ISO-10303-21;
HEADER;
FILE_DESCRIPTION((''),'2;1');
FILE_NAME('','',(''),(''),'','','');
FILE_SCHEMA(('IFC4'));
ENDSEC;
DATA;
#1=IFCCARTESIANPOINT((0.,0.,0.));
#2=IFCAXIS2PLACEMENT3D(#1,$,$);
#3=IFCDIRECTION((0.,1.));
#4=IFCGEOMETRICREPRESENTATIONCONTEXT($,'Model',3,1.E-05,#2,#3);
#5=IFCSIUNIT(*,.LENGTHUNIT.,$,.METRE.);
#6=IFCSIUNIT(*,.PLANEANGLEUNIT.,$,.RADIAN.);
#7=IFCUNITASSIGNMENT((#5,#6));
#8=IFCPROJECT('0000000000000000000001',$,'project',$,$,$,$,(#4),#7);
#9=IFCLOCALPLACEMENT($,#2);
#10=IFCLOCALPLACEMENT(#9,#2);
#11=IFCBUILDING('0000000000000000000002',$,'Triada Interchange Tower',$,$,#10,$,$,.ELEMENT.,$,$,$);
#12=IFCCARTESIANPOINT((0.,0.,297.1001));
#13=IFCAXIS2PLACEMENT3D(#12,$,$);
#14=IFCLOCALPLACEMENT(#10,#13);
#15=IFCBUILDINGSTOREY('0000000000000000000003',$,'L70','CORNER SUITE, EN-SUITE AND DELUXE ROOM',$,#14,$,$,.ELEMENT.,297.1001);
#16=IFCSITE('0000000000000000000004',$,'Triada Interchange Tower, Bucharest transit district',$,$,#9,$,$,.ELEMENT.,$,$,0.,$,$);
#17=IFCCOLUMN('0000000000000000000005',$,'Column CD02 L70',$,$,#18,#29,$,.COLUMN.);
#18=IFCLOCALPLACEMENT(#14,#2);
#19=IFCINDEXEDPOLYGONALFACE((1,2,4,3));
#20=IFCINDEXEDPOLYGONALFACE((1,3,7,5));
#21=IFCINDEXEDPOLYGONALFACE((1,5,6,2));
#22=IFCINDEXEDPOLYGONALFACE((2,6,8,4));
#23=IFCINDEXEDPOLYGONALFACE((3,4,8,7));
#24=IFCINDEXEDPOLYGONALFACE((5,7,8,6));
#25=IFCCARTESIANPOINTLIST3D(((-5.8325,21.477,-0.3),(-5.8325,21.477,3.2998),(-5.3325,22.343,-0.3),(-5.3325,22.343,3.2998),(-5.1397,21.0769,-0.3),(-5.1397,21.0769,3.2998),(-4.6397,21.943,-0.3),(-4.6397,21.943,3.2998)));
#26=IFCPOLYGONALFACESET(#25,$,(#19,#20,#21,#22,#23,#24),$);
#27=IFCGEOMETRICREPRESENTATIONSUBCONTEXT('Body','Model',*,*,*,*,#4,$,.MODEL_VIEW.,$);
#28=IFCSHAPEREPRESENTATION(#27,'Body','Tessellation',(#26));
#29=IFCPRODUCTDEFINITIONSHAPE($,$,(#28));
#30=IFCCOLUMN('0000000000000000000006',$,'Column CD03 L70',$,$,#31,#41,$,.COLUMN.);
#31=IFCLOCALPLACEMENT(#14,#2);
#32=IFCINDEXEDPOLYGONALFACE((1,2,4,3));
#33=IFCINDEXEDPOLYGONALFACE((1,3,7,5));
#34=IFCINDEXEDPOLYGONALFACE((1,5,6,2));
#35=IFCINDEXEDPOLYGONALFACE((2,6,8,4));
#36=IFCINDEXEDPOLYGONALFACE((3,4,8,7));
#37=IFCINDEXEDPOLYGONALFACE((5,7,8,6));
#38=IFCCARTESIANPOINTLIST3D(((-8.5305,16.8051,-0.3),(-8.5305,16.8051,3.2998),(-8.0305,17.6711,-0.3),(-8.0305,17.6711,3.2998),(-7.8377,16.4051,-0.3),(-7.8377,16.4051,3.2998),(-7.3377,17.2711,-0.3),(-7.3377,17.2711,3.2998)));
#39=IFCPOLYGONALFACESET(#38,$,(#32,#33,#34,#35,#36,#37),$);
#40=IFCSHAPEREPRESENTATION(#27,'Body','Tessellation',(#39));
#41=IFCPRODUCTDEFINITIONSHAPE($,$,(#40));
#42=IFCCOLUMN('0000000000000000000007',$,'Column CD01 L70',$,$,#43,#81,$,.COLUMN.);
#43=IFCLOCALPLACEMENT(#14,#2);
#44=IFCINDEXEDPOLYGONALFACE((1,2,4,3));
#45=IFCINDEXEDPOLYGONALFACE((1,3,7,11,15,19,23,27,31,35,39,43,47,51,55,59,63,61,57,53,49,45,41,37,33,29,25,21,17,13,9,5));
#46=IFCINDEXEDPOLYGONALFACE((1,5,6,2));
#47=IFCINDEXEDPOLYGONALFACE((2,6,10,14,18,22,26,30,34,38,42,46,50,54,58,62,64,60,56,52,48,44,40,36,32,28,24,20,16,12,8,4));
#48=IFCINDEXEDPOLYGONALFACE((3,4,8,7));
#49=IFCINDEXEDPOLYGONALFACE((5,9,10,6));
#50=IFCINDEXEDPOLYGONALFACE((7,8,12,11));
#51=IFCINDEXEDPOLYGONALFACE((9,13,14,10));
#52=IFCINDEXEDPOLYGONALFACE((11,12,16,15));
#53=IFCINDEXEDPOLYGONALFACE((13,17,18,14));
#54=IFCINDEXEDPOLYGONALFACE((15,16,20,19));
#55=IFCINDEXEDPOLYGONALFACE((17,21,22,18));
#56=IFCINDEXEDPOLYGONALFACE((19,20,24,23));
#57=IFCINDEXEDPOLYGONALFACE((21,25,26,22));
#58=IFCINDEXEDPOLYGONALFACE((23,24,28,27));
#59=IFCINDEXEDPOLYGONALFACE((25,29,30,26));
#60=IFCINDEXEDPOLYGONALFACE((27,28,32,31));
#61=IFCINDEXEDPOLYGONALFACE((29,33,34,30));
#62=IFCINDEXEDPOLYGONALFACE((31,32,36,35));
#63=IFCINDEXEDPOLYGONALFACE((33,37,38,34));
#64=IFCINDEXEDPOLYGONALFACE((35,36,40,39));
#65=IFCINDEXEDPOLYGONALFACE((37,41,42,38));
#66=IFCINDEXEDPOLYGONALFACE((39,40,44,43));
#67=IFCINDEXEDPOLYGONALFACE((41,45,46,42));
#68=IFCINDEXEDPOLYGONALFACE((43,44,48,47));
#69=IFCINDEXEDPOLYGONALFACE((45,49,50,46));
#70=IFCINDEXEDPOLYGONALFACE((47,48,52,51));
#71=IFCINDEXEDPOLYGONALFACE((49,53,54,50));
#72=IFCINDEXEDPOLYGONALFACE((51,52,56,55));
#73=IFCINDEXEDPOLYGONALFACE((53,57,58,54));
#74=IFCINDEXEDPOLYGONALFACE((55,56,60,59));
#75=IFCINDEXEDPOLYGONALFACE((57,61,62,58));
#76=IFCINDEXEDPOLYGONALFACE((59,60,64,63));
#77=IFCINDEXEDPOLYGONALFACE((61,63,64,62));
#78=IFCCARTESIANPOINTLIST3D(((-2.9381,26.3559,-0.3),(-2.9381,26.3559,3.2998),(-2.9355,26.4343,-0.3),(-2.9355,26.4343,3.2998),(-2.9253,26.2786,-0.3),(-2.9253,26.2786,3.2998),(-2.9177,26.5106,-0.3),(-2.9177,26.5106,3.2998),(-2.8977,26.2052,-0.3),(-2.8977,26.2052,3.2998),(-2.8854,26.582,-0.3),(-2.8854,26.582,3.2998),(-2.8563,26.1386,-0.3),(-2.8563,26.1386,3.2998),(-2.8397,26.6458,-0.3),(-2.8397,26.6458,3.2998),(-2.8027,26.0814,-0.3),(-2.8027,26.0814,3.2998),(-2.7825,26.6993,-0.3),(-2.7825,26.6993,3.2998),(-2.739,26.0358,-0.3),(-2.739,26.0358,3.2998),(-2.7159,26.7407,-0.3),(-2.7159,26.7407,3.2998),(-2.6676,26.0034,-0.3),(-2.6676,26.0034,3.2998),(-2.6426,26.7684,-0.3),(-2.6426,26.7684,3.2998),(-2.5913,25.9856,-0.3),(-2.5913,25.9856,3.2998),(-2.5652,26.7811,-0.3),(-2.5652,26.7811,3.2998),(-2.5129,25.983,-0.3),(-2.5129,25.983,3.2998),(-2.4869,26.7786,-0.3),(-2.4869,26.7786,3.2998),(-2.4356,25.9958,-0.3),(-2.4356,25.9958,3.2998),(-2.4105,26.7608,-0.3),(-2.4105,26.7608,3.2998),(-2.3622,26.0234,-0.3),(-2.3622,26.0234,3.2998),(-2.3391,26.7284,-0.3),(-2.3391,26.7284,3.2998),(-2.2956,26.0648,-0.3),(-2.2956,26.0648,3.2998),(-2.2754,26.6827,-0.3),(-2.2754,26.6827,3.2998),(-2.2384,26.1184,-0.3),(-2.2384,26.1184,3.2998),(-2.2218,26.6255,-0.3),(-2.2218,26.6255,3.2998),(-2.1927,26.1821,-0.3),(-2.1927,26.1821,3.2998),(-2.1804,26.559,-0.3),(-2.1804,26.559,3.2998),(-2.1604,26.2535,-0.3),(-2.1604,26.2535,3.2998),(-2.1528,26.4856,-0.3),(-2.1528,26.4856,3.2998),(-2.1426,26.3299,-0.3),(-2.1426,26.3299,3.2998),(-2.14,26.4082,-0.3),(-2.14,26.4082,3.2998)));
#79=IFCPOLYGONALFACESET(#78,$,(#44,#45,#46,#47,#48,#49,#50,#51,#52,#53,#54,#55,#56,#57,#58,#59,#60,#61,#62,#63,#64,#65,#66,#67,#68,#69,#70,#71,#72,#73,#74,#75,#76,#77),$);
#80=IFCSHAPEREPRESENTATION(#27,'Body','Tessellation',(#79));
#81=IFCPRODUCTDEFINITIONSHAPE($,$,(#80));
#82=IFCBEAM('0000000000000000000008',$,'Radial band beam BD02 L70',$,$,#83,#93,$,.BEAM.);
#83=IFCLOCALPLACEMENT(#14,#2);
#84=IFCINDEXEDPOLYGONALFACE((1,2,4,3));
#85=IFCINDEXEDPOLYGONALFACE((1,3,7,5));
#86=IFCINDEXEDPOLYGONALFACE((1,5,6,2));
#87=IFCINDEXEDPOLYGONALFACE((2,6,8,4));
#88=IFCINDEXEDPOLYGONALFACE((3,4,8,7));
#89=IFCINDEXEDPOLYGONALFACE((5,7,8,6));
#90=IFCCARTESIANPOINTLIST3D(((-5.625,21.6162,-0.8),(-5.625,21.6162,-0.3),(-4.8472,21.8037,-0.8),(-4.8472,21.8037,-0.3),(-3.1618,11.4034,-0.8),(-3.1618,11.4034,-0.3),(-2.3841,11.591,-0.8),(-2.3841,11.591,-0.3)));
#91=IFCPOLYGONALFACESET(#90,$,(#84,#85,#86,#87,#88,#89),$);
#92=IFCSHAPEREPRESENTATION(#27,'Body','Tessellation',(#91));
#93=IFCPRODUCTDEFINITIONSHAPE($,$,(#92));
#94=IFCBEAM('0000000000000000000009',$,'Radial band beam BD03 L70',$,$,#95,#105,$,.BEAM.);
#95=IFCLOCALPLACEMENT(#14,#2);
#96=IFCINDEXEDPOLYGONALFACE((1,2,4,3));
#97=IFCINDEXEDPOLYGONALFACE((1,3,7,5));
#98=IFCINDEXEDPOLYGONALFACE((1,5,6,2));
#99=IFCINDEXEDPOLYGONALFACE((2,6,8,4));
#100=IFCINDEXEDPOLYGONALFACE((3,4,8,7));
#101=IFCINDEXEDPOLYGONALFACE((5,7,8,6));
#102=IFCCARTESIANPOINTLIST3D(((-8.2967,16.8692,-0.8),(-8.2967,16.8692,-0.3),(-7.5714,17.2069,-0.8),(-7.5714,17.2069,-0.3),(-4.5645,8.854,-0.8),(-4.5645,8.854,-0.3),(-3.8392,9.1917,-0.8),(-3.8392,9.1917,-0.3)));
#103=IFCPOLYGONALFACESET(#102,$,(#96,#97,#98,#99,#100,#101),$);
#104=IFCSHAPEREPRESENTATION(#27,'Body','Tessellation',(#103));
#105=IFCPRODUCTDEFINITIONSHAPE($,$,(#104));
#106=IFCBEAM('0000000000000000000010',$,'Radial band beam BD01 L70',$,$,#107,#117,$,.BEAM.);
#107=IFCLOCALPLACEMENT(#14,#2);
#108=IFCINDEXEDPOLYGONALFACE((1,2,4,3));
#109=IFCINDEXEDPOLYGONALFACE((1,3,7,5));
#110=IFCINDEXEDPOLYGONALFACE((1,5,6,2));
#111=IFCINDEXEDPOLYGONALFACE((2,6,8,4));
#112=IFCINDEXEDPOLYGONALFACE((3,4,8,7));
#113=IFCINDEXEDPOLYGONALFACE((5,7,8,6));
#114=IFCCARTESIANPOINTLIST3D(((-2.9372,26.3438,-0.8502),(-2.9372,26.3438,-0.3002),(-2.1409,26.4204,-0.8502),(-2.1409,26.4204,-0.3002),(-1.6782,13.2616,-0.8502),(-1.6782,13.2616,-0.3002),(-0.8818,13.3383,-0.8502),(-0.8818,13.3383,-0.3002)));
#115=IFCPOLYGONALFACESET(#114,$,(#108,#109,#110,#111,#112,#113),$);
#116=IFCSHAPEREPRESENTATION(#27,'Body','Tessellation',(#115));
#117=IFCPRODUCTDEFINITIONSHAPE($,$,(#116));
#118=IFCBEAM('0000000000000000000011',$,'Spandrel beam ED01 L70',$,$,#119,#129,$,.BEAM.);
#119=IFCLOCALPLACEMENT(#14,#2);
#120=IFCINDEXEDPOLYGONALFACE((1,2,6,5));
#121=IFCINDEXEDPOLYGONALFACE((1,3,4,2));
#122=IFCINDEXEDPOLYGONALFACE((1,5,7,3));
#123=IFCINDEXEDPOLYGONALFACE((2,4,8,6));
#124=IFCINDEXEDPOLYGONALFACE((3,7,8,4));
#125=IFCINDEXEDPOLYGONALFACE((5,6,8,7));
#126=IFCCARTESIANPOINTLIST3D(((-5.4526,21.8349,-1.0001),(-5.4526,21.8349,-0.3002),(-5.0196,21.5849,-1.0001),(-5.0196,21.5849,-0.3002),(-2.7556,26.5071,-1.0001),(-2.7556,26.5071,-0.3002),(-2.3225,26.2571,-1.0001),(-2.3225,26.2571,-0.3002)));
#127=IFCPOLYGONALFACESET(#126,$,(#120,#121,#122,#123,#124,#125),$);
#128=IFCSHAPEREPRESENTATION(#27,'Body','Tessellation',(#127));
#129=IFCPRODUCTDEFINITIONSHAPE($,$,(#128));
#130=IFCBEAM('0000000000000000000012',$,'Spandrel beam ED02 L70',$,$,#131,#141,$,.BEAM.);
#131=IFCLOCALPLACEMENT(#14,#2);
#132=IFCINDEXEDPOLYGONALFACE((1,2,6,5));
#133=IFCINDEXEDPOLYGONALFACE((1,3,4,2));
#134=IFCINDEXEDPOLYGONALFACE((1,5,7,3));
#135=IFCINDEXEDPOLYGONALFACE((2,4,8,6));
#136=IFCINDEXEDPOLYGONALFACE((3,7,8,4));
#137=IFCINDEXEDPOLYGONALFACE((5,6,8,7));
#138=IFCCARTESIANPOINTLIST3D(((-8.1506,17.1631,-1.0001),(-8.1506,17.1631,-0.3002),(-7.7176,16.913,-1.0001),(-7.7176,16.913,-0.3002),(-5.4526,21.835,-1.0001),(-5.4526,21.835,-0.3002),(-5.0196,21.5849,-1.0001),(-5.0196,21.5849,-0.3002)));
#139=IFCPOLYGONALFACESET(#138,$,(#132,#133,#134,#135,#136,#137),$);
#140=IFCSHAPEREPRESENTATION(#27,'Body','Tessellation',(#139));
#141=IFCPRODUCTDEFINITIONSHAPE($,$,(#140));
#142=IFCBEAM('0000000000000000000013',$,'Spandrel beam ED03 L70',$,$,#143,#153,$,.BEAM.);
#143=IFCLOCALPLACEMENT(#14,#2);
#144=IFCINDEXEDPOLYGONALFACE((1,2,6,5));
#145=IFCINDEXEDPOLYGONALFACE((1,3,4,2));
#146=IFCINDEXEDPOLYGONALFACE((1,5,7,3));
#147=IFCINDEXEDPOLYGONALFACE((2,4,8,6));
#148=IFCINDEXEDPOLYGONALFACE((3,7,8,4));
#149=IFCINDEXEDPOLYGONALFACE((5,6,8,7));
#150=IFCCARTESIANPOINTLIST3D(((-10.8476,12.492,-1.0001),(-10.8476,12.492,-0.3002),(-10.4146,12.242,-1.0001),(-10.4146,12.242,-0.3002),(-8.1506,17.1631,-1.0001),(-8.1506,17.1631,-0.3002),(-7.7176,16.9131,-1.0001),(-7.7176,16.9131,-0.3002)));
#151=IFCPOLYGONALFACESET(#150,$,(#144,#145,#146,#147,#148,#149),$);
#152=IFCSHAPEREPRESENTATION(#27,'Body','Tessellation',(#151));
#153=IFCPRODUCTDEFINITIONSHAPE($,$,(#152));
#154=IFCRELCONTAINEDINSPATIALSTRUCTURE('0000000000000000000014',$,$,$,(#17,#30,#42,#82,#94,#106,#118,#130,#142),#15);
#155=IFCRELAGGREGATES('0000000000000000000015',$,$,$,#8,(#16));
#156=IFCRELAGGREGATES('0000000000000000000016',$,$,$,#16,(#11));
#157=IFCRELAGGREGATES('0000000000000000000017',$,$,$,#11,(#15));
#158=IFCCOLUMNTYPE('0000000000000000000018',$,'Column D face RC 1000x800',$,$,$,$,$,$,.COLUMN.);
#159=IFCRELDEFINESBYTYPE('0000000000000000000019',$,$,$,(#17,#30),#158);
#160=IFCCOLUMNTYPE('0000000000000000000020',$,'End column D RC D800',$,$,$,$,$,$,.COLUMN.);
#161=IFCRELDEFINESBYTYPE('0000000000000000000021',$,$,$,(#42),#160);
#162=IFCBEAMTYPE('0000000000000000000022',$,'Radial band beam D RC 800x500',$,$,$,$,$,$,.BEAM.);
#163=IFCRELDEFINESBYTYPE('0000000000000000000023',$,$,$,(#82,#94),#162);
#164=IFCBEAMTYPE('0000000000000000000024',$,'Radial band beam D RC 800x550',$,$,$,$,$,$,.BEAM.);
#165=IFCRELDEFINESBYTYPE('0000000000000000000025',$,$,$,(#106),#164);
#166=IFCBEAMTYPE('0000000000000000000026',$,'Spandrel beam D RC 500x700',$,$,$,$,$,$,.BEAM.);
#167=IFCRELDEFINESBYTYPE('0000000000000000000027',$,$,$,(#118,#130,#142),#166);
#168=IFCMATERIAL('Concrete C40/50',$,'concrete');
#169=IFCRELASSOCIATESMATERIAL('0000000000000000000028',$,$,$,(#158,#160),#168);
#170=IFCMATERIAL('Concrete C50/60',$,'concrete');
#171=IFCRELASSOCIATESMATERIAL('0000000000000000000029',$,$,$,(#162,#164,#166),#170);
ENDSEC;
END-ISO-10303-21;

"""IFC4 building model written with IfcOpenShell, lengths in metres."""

from ifc_helpers import new_model, si_unit, direction, frame, origin, origin_2d, place, context, subcontext, project, spatial, rectangle, circle, extrude, material, material_profile, profile_set, type_object, element, save


model = new_model("IFC4")

# Units and contexts
model_context = context("Model", 3, precision=1e-05, world=origin(), true_north=direction((0.0, 1.0)))
body_context = subcontext(model_context, "Body", "Model", "MODEL_VIEW")
ifc_project = project(units=[si_unit("LENGTHUNIT", "METRE"), si_unit("PLANEANGLEUNIT", "RADIAN")], contexts=[model_context])

# Site, building, storey
site_placement = place(None, origin())
site = spatial("IfcSite", under=ifc_project, at=site_placement, Name="Triada Interchange Tower, Bucharest transit district", CompositionType="ELEMENT", RefElevation=0.0)
building_placement = place(site_placement, origin())
building = spatial("IfcBuilding", under=site, at=building_placement, Name="Triada Interchange Tower", CompositionType="ELEMENT")
storey_placement = place(building_placement, frame((0.0, 0.0, 297.1001)))
storey = spatial("IfcBuildingStorey", under=building, at=storey_placement, Name="L70", Description="CORNER SUITE, EN-SUITE AND DELUXE ROOM", CompositionType="ELEMENT", Elevation=297.1001)

# Columns
ifc_material_1 = material(Name="Concrete C40/50", Category="concrete")
ifc_material_profile_1 = material_profile(ifc_material_1, rectangle(XDim=1.0, YDim=0.8, at=origin_2d()), Name="RC 1000x800")
ifc_profile_set_1 = profile_set([ifc_material_profile_1], Name="Concrete C40/50")
column_type_1 = type_object("IfcColumnType", Name="Column D face RC 1000x800", PredefinedType="COLUMN", material=ifc_profile_set_1)
for number, where, z_axis, x_axis, name in (
    (1, (-5.2361, 21.71, -0.3), (0.0, 0.0, 1.0), (0.5, 0.866025, 0.0), "Column CD02 L70"),
    (2, (-7.9341, 17.0381, -0.3), (0.0, 0.0, 1.0), (0.5, 0.866025, 0.0), "Column CD03 L70"),
):
    element("IfcColumn", number, at=place(storey_placement, frame(where, z_axis=z_axis, x_axis=x_axis)), inside=storey, type_object=column_type_1, Name=name, PredefinedType="COLUMN", context=body_context, shape_type="SweptSolid", body=[
        extrude(rectangle(XDim=1.0, YDim=0.8, at=origin_2d()), origin(), (0.0, 0.0, 1.0), 3.5999),
    ])
ifc_material_profile_2 = material_profile(ifc_material_1, circle(Radius=0.3999, at=origin_2d()), Name="RC D800")
ifc_profile_set_2 = profile_set([ifc_material_profile_2], Name="Concrete C40/50")
column_type_2 = type_object("IfcColumnType", Name="End column D RC D800", PredefinedType="COLUMN", material=ifc_profile_set_2)
column_placement = place(storey_placement, frame((-2.5391, 26.3821, -0.3), z_axis=(0.0, 0.0, 1.0), x_axis=(0.5, 0.866025, 0.0)))
element("IfcColumn", 3, at=column_placement, inside=storey, type_object=column_type_2, Name="Column CD01 L70", PredefinedType="COLUMN", context=body_context, shape_type="SweptSolid", body=[
    extrude(circle(Radius=0.3999, at=origin_2d()), origin(), (0.0, 0.0, 1.0), 3.5999),
])

# Beams
ifc_material_2 = material(Name="Concrete C50/60", Category="concrete")
ifc_material_profile_3 = material_profile(ifc_material_2, rectangle(XDim=0.8, YDim=0.5, at=origin_2d()), Name="RC 800x500")
ifc_profile_set_3 = profile_set([ifc_material_profile_3], Name="Concrete C50/60")
beam_type_1 = type_object("IfcBeamType", Name="Radial band beam D RC 800x500", PredefinedType="BEAM", material=ifc_profile_set_3)
beam_1_placement = place(storey_placement, frame((-5.2361, 21.71, -0.55), z_axis=(0.234457, -0.972127, 0.0), x_axis=(0.972127, 0.234457, 0.0)))
element("IfcBeam", 4, at=beam_1_placement, inside=storey, type_object=beam_type_1, Name="Radial band beam BD02 L70", PredefinedType="BEAM", context=body_context, shape_type="SweptSolid", body=[
    extrude(rectangle(XDim=0.8, YDim=0.5, at=origin_2d()), origin(), (0.0, 0.0, 1.0), 10.5056),
])
beam_2_placement = place(storey_placement, frame((-7.9341, 17.0381, -0.55), z_axis=(0.422122, -0.906539, 0.0), x_axis=(0.906539, 0.422122, 0.0)))
element("IfcBeam", 5, at=beam_2_placement, inside=storey, type_object=beam_type_1, Name="Radial band beam BD03 L70", PredefinedType="BEAM", context=body_context, shape_type="SweptSolid", body=[
    extrude(rectangle(XDim=0.8, YDim=0.5, at=origin_2d()), origin(), (0.0, 0.0, 1.0), 8.8416),
])
ifc_material_profile_4 = material_profile(ifc_material_2, rectangle(XDim=0.8, YDim=0.55, at=origin_2d()), Name="RC 800x550")
ifc_profile_set_4 = profile_set([ifc_material_profile_4], Name="Concrete C50/60")
beam_type_2 = type_object("IfcBeamType", Name="Radial band beam D RC 800x550", PredefinedType="BEAM", material=ifc_profile_set_4)
beam_3_placement = place(storey_placement, frame((-2.5391, 26.3821, -0.5752), z_axis=(0.095799, -0.995401, 0.0), x_axis=(0.995401, 0.095799, 0.0)))
element("IfcBeam", 6, at=beam_3_placement, inside=storey, type_object=beam_type_2, Name="Radial band beam BD01 L70", PredefinedType="BEAM", context=body_context, shape_type="SweptSolid", body=[
    extrude(rectangle(XDim=0.8, YDim=0.55, at=origin_2d()), origin(), (0.0, 0.0, 1.0), 13.1426),
])
ifc_material_profile_5 = material_profile(ifc_material_2, rectangle(XDim=0.5, YDim=0.7, at=origin_2d()), Name="RC 500x700")
ifc_profile_set_5 = profile_set([ifc_material_profile_5], Name="Concrete C50/60")
beam_type_3 = type_object("IfcBeamType", Name="Spandrel beam D RC 500x700", PredefinedType="BEAM", material=ifc_profile_set_5)
beam_4_placement = place(storey_placement, frame((-2.5391, 26.3821, -0.6501), z_axis=(-0.499941, -0.86606, 0.0), x_axis=(0.86606, -0.499941, 0.0)))
element("IfcBeam", 7, at=beam_4_placement, inside=storey, type_object=beam_type_3, Name="Spandrel beam ED01 L70", PredefinedType="BEAM", context=body_context, shape_type="SweptSolid", body=[
    extrude(rectangle(XDim=0.5, YDim=0.7, at=origin_2d()), origin(), (0.0, 0.0, 1.0), 5.3948),
])
beam_5_placement = place(storey_placement, frame((-5.2361, 21.71, -0.6501), z_axis=(-0.500096, -0.86597, 0.0), x_axis=(0.86597, -0.500096, 0.0)))
element("IfcBeam", 8, at=beam_5_placement, inside=storey, type_object=beam_type_3, Name="Spandrel beam ED02 L70", PredefinedType="BEAM", context=body_context, shape_type="SweptSolid", body=[
    extrude(rectangle(XDim=0.5, YDim=0.7, at=origin_2d()), origin(), (0.0, 0.0, 1.0), 5.395),
])
beam_6_placement = place(storey_placement, frame((-7.9341, 17.0381, -0.6501), z_axis=(-0.500019, -0.866014, 0.0), x_axis=(0.866014, -0.500019, 0.0)))
element("IfcBeam", 9, at=beam_6_placement, inside=storey, type_object=beam_type_3, Name="Spandrel beam ED03 L70", PredefinedType="BEAM", context=body_context, shape_type="SweptSolid", body=[
    extrude(rectangle(XDim=0.5, YDim=0.7, at=origin_2d()), origin(), (0.0, 0.0, 1.0), 5.3938),
])

save(model, "model.ifc")
